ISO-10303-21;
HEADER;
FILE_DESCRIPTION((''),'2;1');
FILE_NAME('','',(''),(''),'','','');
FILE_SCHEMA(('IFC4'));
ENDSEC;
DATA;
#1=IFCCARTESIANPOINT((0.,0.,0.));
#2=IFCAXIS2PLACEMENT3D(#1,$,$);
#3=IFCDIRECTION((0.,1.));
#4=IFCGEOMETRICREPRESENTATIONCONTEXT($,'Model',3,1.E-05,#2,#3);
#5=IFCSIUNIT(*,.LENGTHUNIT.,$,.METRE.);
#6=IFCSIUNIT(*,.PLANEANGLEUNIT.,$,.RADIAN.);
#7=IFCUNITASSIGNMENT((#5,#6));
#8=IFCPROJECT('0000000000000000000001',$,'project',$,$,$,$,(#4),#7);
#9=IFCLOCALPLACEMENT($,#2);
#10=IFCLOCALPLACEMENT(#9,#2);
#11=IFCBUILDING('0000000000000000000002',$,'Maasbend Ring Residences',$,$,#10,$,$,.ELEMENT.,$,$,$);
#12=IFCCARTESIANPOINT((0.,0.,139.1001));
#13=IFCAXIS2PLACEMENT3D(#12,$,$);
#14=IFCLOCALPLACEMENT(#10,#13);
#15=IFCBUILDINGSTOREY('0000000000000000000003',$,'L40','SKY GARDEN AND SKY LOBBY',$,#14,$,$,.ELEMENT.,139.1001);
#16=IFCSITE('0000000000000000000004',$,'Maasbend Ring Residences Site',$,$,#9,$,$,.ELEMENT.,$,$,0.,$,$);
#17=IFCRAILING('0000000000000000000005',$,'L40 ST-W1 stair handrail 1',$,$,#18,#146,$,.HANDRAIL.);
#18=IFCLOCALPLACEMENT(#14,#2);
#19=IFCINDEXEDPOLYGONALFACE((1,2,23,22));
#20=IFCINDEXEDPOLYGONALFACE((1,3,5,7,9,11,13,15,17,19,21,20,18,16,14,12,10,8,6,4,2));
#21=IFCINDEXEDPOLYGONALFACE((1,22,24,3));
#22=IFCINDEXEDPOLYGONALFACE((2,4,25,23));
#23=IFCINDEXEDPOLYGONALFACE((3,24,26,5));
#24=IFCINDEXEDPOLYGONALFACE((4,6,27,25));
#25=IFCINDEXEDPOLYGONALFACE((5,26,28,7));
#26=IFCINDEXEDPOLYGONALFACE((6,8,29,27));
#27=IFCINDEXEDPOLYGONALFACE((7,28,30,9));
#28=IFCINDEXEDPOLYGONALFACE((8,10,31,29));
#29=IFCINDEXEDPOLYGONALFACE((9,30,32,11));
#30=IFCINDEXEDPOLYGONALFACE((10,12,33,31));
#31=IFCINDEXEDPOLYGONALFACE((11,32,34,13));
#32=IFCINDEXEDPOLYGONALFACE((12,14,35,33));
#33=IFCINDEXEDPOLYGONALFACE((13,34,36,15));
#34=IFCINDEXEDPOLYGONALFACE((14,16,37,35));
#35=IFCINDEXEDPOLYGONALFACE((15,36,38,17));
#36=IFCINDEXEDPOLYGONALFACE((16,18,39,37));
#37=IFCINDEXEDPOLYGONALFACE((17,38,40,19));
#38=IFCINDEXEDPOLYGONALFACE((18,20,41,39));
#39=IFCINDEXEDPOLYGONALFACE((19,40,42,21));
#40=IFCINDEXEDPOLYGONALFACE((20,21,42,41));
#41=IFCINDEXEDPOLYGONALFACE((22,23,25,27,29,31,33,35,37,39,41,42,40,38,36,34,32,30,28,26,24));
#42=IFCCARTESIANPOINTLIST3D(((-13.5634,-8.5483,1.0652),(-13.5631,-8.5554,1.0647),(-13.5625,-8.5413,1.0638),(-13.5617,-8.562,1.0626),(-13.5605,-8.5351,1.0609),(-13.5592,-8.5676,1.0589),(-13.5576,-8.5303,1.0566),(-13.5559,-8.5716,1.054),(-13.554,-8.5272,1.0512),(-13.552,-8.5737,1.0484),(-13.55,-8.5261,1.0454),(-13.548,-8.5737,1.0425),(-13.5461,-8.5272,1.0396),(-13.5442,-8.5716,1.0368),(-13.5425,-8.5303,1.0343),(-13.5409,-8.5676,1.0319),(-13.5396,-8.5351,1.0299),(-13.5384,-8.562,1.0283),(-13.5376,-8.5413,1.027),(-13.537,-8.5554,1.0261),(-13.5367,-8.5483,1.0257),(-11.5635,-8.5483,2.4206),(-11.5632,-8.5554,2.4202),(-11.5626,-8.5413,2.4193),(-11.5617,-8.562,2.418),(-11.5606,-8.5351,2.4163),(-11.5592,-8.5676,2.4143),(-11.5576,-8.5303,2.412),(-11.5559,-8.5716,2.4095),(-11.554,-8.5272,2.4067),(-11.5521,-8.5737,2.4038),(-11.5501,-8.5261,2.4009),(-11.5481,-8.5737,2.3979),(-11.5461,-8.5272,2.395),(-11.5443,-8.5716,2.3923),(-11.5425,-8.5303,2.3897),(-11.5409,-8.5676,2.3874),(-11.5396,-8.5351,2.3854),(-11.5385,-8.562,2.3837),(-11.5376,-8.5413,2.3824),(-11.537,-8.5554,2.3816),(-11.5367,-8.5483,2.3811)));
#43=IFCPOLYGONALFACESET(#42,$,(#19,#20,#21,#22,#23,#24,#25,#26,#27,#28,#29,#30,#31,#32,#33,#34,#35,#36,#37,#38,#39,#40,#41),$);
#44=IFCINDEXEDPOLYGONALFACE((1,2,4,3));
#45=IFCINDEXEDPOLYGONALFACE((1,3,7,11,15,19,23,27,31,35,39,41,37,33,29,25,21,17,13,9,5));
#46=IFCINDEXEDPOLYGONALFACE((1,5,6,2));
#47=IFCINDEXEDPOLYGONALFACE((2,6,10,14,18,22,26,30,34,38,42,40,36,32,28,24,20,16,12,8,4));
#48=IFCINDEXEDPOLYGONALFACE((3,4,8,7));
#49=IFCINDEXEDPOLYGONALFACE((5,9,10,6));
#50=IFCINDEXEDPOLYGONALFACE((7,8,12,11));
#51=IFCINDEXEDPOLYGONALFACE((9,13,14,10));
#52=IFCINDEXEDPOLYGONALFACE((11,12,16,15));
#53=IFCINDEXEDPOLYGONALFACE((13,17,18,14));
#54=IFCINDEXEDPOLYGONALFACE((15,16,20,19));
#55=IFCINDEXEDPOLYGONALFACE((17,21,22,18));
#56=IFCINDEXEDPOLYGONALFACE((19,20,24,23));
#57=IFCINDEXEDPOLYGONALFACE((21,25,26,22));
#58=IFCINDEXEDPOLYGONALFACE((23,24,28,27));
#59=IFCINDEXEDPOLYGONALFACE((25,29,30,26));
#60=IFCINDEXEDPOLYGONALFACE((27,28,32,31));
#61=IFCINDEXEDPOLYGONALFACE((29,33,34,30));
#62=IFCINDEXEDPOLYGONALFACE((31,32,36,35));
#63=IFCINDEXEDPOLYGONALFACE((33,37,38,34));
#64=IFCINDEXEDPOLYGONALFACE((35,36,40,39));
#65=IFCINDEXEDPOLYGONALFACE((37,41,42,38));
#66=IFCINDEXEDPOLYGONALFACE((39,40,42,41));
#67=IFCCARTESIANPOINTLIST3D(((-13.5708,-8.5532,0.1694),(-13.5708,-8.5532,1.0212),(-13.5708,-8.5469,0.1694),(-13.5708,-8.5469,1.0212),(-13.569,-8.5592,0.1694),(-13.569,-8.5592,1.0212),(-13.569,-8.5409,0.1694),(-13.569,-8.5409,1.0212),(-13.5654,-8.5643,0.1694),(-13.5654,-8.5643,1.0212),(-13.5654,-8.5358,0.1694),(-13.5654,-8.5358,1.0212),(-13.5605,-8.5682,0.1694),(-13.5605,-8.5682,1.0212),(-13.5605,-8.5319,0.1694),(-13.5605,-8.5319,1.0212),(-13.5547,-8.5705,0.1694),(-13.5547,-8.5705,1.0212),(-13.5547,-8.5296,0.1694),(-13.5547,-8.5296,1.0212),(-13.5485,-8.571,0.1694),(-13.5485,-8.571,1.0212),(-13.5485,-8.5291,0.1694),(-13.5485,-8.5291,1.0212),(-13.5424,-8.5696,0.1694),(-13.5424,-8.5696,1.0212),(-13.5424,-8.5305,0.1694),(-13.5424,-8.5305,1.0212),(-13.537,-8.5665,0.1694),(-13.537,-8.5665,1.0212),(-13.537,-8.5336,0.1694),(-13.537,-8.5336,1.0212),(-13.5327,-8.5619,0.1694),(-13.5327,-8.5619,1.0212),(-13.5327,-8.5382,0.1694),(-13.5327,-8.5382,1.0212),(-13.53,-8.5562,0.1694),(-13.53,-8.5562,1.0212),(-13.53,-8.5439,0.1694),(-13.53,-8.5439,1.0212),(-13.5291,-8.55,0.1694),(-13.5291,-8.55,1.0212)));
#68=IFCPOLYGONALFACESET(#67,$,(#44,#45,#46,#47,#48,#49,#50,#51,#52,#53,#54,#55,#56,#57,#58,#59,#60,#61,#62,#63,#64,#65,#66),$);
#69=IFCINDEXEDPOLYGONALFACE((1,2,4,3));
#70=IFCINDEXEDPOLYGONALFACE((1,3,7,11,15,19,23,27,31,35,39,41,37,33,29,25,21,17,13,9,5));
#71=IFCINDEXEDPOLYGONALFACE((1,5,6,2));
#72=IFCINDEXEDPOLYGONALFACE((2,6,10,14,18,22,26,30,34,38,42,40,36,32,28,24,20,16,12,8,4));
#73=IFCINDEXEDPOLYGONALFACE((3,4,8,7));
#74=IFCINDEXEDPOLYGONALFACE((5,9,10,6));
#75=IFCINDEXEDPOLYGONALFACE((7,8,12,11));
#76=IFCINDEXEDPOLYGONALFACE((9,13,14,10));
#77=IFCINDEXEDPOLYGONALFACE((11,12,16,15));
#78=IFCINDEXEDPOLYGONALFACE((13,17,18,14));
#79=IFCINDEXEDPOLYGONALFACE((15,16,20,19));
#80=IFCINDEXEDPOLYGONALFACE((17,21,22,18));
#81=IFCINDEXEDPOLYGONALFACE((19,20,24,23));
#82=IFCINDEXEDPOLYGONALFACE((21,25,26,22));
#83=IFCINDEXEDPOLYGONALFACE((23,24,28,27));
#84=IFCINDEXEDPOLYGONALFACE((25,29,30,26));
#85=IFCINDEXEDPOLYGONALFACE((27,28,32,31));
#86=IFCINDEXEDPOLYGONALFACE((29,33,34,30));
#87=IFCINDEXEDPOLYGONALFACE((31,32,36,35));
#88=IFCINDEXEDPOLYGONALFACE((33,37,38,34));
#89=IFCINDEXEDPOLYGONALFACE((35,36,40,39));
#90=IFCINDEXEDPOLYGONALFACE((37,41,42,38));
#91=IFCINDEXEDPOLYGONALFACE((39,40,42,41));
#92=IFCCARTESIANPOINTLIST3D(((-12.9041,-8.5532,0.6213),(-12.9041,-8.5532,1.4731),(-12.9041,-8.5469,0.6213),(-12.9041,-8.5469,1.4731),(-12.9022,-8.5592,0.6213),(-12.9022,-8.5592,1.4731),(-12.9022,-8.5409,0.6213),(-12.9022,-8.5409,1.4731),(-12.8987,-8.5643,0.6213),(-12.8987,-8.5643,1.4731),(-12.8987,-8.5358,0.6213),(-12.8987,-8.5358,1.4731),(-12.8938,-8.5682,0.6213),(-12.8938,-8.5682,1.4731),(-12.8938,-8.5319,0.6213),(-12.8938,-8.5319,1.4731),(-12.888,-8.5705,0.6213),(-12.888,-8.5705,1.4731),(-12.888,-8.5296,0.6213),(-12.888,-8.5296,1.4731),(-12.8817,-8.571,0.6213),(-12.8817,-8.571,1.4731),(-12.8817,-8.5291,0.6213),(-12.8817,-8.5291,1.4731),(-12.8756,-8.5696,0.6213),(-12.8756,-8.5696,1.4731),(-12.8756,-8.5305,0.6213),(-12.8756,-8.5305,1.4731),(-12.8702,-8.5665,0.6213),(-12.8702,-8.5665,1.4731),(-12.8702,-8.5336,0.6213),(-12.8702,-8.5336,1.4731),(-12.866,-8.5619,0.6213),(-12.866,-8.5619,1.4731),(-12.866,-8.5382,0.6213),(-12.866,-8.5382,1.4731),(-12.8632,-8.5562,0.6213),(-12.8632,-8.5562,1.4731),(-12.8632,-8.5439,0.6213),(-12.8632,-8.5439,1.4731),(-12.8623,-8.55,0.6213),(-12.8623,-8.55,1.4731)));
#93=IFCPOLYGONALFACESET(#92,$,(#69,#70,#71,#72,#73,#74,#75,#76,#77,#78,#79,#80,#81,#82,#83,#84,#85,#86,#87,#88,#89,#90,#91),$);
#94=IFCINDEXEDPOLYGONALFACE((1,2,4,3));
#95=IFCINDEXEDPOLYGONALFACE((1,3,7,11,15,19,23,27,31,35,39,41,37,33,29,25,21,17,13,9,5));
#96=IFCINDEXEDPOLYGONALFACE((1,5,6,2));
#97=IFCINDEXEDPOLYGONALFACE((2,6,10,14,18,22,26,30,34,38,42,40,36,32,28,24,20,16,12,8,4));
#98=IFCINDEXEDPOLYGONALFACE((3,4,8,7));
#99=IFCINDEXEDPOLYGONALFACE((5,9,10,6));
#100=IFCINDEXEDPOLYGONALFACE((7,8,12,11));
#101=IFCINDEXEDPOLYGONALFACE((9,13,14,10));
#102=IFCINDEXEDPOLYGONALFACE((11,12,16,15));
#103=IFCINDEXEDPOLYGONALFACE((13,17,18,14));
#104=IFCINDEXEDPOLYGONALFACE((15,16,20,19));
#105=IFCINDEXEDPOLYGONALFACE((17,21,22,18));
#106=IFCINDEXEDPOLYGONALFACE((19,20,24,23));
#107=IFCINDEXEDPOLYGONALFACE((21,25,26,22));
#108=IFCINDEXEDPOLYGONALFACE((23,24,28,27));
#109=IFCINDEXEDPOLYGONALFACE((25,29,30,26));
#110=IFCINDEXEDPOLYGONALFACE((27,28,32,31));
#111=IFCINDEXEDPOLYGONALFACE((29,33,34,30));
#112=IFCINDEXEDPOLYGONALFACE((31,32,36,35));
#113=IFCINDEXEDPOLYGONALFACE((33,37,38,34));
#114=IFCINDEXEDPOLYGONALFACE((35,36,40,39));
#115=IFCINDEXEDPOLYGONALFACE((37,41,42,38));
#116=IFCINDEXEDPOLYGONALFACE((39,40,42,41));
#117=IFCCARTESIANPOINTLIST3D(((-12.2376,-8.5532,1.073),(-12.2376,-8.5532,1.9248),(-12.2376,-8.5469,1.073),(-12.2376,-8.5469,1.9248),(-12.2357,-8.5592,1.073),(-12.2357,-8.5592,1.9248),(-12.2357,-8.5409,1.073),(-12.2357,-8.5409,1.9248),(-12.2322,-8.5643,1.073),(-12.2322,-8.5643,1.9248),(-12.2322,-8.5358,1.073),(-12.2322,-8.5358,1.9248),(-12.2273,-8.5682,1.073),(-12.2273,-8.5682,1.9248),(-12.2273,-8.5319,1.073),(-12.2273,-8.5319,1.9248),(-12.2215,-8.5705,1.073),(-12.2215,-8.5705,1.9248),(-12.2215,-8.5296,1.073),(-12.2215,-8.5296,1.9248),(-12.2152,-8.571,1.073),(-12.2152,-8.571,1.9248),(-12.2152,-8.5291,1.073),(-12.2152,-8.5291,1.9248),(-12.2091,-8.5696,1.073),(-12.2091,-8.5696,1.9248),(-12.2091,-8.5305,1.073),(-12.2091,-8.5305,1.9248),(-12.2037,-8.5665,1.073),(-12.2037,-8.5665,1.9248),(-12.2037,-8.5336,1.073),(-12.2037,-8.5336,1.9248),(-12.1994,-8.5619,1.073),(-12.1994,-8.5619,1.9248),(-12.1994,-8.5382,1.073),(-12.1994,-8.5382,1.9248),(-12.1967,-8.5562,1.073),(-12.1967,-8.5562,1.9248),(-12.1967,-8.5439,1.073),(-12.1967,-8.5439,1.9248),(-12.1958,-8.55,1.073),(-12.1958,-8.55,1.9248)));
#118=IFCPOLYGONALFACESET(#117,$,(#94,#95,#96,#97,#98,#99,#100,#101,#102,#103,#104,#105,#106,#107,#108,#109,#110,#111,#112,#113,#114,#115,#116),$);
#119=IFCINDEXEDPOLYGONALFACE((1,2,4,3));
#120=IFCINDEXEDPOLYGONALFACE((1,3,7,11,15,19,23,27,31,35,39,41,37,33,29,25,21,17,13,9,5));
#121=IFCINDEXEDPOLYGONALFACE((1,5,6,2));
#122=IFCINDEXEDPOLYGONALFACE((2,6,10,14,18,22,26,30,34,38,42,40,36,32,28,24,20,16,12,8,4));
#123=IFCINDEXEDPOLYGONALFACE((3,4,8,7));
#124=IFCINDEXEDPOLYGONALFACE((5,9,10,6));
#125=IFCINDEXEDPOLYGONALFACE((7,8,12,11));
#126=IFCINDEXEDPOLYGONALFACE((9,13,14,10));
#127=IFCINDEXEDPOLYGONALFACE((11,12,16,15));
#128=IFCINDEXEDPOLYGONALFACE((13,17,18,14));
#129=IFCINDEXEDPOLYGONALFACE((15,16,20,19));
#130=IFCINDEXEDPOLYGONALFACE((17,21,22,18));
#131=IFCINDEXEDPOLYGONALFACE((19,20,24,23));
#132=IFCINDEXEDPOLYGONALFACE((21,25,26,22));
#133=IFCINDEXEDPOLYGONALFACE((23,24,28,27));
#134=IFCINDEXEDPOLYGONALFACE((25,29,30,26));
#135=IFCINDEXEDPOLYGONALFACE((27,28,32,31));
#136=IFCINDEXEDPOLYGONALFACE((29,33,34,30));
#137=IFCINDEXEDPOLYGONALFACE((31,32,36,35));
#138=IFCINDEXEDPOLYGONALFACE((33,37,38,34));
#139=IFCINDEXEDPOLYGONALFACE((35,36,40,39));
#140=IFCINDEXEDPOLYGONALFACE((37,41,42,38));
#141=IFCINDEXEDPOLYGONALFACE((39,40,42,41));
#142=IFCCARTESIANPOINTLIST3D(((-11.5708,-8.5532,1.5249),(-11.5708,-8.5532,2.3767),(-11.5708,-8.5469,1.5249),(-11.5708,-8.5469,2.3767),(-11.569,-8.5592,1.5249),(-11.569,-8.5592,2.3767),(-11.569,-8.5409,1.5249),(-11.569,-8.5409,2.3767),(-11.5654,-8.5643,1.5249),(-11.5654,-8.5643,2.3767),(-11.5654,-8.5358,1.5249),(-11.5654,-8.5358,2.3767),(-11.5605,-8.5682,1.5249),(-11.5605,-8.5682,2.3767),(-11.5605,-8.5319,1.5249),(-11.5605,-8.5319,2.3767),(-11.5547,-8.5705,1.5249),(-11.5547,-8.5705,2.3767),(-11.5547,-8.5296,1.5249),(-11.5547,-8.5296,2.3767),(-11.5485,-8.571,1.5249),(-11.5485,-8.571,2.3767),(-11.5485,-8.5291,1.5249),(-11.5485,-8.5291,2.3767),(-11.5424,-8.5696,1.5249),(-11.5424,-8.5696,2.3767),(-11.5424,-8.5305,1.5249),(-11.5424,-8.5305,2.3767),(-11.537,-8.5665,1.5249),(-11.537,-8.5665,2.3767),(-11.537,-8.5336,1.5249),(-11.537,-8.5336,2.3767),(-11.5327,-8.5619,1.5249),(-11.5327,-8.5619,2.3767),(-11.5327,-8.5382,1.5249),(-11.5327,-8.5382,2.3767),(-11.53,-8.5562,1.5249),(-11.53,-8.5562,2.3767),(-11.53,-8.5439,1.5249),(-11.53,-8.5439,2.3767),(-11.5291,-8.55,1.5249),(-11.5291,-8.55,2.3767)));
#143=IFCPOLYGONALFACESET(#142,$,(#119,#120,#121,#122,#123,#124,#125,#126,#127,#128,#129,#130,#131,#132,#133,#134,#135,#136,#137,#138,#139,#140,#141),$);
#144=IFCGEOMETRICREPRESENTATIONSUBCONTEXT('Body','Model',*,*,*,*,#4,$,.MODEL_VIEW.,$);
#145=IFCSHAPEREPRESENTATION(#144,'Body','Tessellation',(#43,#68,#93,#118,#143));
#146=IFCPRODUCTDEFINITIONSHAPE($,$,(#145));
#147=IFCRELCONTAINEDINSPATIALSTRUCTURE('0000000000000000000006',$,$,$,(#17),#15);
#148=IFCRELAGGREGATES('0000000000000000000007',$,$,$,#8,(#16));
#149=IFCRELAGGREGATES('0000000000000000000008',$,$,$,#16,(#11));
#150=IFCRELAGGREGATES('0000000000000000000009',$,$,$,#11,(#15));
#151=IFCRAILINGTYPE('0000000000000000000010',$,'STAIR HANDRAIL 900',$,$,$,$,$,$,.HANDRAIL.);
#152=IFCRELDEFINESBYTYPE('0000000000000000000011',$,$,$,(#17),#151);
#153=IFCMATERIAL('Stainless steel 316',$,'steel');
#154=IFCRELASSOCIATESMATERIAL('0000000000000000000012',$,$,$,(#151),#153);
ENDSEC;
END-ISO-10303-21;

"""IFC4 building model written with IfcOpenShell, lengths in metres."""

from ifc_helpers import new_model, si_unit, direction, frame, origin, origin_2d, place, context, subcontext, project, spatial, circle, extrude, material, type_object, element, save


model = new_model("IFC4")

# Units and contexts
model_context = context("Model", 3, precision=1e-05, world=origin(), true_north=direction((0.0, 1.0)))
body_context = subcontext(model_context, "Body", "Model", "MODEL_VIEW")
ifc_project = project(units=[si_unit("LENGTHUNIT", "METRE"), si_unit("PLANEANGLEUNIT", "RADIAN")], contexts=[model_context])

# Site, building, storey
site_placement = place(None, origin())
site = spatial("IfcSite", under=ifc_project, at=site_placement, Name="Maasbend Ring Residences Site", CompositionType="ELEMENT", RefElevation=0.0)
building_placement = place(site_placement, origin())
building = spatial("IfcBuilding", under=site, at=building_placement, Name="Maasbend Ring Residences", CompositionType="ELEMENT")
storey_placement = place(building_placement, frame((0.0, 0.0, 139.1001)))
storey = spatial("IfcBuildingStorey", under=building, at=storey_placement, Name="L40", Description="SKY GARDEN AND SKY LOBBY", CompositionType="ELEMENT", Elevation=139.1001)

# Railing
ifc_material_1 = material(Name="Stainless steel 316", Category="steel")
railing_type_1 = type_object("IfcRailingType", Name="STAIR HANDRAIL 900", PredefinedType="HANDRAIL", material=ifc_material_1)
railing_1_placement = place(storey_placement, frame((-13.55, -8.55, 0.1694)))
element("IfcRailing", 1, at=railing_1_placement, inside=storey, type_object=railing_type_1, Name="L40 ST-W1 stair handrail 1", PredefinedType="HANDRAIL", context=body_context, shape_type="SweptSolid", body=[
    extrude(circle(Radius=0.0239, at=origin_2d()), frame((0.0, 0.0, 0.876), z_axis=(0.827798, 0.0, 0.561027), x_axis=(0.0, 1.0, 0.0)), (0.0, 0.0, 1.0), 2.416),
    extrude(circle(Radius=0.021, at=origin_2d()), origin(), (0.0, 0.0, 1.0), 0.8518),
    extrude(circle(Radius=0.021, at=origin_2d()), frame((0.6667, 0.0, 0.4519)), (0.0, 0.0, 1.0), 0.8518),
    extrude(circle(Radius=0.021, at=origin_2d()), frame((1.3333, 0.0, 0.9036)), (0.0, 0.0, 1.0), 0.8518),
    extrude(circle(Radius=0.021, at=origin_2d()), frame((2.0, 0.0, 1.3555)), (0.0, 0.0, 1.0), 0.8518),
])

save(model, "model.ifc")
